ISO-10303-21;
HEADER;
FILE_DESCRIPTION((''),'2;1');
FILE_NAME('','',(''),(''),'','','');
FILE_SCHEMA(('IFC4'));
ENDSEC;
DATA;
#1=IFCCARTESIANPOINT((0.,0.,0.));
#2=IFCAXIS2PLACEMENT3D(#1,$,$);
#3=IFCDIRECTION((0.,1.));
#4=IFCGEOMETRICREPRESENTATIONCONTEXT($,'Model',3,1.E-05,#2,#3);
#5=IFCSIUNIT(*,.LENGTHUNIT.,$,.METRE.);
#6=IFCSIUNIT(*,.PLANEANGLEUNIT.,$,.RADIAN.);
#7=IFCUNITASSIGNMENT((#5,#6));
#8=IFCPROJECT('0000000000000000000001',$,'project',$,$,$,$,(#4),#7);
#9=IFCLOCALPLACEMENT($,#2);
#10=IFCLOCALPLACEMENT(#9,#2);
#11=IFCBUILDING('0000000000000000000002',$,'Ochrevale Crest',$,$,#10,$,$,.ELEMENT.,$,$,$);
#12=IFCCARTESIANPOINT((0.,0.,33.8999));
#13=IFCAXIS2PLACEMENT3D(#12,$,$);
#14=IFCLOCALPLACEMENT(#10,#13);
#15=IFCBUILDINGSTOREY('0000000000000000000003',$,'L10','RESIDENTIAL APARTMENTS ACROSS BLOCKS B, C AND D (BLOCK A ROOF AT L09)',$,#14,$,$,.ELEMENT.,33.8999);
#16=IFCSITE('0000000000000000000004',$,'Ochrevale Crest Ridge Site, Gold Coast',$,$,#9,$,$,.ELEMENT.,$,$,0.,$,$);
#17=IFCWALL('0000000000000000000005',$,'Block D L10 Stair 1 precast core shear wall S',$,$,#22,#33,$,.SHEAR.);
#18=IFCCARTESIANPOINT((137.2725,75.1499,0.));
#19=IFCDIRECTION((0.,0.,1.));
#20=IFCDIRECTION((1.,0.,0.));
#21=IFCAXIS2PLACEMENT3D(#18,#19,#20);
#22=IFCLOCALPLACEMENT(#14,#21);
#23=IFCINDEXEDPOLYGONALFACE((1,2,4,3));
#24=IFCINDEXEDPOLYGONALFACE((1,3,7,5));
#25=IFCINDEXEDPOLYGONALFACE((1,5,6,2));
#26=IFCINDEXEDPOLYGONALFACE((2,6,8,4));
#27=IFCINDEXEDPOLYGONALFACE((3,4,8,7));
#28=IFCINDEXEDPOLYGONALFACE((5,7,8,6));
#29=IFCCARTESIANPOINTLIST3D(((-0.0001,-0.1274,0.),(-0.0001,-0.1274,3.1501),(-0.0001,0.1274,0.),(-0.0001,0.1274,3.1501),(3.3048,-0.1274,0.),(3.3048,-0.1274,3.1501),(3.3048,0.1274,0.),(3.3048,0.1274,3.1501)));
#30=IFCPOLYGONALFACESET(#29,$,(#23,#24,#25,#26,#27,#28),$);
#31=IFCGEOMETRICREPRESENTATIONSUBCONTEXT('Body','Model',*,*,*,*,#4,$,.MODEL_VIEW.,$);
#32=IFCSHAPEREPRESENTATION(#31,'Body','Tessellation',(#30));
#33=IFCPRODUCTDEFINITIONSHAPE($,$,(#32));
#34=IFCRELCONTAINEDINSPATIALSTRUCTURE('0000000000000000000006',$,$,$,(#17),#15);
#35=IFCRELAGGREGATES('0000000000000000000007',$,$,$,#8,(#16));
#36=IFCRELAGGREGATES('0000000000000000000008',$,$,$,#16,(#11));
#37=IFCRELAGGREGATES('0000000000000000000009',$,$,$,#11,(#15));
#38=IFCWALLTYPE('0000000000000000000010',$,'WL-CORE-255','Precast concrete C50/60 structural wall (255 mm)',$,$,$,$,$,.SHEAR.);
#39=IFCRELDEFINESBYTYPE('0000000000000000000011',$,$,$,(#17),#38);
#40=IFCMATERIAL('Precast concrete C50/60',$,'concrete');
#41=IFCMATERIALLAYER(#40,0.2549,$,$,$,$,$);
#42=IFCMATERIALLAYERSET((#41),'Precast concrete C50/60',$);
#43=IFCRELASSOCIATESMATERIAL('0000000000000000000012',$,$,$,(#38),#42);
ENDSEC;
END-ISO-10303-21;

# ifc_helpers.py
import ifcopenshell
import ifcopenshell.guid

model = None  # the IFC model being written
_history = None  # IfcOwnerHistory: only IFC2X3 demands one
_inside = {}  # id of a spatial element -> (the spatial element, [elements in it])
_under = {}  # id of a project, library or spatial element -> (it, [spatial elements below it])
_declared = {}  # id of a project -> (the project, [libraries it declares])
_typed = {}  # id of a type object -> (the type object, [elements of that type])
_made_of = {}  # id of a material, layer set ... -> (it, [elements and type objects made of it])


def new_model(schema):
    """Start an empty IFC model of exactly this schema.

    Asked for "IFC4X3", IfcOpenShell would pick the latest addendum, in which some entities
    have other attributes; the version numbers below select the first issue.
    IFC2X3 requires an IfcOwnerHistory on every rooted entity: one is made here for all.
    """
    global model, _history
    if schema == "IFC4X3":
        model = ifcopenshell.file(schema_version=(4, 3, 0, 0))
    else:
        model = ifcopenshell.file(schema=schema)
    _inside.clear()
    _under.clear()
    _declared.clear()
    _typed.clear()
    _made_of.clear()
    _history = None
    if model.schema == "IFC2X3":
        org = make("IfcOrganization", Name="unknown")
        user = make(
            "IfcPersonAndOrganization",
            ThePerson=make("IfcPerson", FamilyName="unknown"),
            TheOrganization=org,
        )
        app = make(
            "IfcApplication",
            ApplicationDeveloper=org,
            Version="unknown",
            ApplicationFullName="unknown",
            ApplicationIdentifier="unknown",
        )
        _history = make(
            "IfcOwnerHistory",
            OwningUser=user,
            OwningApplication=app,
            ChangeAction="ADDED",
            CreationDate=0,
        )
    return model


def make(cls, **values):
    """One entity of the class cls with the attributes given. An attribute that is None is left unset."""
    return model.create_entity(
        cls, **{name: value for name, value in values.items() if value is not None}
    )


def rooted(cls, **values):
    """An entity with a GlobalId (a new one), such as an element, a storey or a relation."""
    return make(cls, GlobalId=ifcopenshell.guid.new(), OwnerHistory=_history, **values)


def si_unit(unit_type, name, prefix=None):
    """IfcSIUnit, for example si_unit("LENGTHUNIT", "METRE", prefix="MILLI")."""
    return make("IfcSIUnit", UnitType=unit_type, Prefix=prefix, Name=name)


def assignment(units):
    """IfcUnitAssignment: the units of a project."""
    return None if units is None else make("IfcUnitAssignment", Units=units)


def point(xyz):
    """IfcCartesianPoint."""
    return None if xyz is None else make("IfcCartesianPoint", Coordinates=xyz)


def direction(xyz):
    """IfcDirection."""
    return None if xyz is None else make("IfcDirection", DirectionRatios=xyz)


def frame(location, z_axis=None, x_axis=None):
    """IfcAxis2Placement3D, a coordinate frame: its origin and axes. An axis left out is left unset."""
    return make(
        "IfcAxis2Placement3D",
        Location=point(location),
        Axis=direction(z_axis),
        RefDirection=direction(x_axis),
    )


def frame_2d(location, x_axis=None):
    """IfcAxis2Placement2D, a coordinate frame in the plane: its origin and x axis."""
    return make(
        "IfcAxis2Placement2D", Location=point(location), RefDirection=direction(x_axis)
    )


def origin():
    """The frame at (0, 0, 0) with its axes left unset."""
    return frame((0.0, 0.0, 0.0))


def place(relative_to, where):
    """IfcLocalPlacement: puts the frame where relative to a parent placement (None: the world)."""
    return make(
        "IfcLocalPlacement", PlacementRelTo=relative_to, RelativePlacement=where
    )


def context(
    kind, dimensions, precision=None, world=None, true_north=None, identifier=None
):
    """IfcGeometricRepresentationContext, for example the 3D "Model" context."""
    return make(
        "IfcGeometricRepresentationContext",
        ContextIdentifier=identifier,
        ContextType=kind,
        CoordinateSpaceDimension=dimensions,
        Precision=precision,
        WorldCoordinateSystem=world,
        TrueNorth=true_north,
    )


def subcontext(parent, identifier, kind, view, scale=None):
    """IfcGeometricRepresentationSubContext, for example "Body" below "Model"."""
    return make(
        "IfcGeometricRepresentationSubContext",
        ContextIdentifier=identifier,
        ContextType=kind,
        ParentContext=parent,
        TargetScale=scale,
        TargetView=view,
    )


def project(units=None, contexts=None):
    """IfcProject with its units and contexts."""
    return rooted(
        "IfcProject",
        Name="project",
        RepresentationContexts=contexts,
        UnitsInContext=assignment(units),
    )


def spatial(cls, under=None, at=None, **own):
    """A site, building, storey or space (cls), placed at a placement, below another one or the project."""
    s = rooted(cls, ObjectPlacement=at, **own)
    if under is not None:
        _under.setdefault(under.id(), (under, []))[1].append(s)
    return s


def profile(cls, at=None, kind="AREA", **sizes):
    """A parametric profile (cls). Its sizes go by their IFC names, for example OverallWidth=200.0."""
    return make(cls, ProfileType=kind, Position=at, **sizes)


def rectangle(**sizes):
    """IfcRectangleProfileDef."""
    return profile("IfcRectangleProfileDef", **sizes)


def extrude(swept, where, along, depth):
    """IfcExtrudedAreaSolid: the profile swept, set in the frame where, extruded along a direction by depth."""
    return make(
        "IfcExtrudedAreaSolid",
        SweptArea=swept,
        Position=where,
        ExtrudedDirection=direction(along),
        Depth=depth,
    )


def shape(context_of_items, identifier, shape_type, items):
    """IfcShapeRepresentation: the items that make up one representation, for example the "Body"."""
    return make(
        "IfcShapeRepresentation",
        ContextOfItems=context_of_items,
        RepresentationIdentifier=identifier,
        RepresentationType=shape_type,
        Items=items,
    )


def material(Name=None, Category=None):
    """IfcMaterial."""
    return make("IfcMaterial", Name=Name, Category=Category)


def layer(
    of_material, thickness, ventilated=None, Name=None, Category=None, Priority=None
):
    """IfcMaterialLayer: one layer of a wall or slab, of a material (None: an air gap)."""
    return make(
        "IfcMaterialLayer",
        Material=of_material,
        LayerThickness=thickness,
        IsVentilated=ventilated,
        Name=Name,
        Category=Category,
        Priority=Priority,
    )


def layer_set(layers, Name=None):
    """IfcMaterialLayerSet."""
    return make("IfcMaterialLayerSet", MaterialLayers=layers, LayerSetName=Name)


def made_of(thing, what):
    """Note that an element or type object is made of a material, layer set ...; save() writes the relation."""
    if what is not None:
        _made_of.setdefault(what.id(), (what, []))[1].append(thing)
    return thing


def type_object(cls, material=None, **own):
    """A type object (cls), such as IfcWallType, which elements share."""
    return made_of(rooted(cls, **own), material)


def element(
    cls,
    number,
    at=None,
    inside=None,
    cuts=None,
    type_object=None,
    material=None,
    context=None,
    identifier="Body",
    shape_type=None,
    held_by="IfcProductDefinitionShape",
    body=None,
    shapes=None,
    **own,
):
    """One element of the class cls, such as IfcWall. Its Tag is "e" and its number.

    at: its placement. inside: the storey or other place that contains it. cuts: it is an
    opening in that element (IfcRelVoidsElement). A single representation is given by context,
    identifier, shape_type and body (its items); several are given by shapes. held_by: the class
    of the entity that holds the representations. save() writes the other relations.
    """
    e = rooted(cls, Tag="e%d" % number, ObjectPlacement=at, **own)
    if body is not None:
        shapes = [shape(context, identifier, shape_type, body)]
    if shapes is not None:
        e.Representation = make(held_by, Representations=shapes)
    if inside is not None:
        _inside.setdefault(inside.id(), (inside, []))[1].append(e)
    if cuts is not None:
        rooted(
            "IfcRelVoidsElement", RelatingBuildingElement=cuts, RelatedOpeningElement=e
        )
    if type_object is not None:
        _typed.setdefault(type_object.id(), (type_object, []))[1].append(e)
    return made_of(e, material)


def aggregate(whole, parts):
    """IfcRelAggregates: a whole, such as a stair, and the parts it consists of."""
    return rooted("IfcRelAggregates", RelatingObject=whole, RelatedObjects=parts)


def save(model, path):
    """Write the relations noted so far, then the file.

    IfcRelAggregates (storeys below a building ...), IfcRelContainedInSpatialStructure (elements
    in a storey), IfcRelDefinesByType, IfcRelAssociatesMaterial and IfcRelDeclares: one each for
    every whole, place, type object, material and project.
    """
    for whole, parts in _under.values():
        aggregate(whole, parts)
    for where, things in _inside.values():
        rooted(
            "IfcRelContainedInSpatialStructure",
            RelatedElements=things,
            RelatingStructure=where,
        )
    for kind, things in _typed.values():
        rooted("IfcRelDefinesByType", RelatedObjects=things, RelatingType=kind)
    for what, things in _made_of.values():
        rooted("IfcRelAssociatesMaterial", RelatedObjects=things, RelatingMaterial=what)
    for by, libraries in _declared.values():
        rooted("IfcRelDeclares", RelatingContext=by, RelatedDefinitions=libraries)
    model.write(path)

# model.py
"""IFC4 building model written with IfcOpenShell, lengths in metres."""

from ifc_helpers import new_model, si_unit, direction, frame, frame_2d, origin, place, context, subcontext, project, spatial, rectangle, extrude, material, layer, layer_set, type_object, element, save


model = new_model("IFC4")

# Units and contexts
model_context = context("Model", 3, precision=1e-05, world=origin(), true_north=direction((0.0, 1.0)))
body_context = subcontext(model_context, "Body", "Model", "MODEL_VIEW")
ifc_project = project(units=[si_unit("LENGTHUNIT", "METRE"), si_unit("PLANEANGLEUNIT", "RADIAN")], contexts=[model_context])

# Site, building, storey
site_placement = place(None, origin())
site = spatial("IfcSite", under=ifc_project, at=site_placement, Name="Ochrevale Crest Ridge Site, Gold Coast", CompositionType="ELEMENT", RefElevation=0.0)
building_placement = place(site_placement, origin())
building = spatial("IfcBuilding", under=site, at=building_placement, Name="Ochrevale Crest", CompositionType="ELEMENT")
storey_placement = place(building_placement, frame((0.0, 0.0, 33.8999)))
storey = spatial("IfcBuildingStorey", under=building, at=storey_placement, Name="L10", Description="RESIDENTIAL APARTMENTS ACROSS BLOCKS B, C AND D (BLOCK A ROOF AT L09)", CompositionType="ELEMENT", Elevation=33.8999)

# Shared definitions
ifc_material_1 = material(Name="Precast concrete C50/60", Category="concrete")

# Wall
ifc_layer_1 = layer(ifc_material_1, 0.2549)
ifc_layer_set_1 = layer_set([ifc_layer_1], Name="Precast concrete C50/60")
wall_type_1 = type_object("IfcWallType", Name="WL-CORE-255", Description="Precast concrete C50/60 structural wall (255 mm)", PredefinedType="SHEAR", material=ifc_layer_set_1)
wall_1_placement = place(storey_placement, frame((137.2725, 75.1499, 0.0), z_axis=(0.0, 0.0, 1.0), x_axis=(1.0, 0.0, 0.0)))
element("IfcWall", 1, at=wall_1_placement, inside=storey, type_object=wall_type_1, Name="Block D L10 Stair 1 precast core shear wall S", PredefinedType="SHEAR", context=body_context, shape_type="SweptSolid", body=[
    extrude(rectangle(XDim=3.3049, YDim=0.2549, at=frame_2d((1.6523, 0.0))), origin(), (0.0, 0.0, 1.0), 3.1501),
])

save(model, "model.ifc")
